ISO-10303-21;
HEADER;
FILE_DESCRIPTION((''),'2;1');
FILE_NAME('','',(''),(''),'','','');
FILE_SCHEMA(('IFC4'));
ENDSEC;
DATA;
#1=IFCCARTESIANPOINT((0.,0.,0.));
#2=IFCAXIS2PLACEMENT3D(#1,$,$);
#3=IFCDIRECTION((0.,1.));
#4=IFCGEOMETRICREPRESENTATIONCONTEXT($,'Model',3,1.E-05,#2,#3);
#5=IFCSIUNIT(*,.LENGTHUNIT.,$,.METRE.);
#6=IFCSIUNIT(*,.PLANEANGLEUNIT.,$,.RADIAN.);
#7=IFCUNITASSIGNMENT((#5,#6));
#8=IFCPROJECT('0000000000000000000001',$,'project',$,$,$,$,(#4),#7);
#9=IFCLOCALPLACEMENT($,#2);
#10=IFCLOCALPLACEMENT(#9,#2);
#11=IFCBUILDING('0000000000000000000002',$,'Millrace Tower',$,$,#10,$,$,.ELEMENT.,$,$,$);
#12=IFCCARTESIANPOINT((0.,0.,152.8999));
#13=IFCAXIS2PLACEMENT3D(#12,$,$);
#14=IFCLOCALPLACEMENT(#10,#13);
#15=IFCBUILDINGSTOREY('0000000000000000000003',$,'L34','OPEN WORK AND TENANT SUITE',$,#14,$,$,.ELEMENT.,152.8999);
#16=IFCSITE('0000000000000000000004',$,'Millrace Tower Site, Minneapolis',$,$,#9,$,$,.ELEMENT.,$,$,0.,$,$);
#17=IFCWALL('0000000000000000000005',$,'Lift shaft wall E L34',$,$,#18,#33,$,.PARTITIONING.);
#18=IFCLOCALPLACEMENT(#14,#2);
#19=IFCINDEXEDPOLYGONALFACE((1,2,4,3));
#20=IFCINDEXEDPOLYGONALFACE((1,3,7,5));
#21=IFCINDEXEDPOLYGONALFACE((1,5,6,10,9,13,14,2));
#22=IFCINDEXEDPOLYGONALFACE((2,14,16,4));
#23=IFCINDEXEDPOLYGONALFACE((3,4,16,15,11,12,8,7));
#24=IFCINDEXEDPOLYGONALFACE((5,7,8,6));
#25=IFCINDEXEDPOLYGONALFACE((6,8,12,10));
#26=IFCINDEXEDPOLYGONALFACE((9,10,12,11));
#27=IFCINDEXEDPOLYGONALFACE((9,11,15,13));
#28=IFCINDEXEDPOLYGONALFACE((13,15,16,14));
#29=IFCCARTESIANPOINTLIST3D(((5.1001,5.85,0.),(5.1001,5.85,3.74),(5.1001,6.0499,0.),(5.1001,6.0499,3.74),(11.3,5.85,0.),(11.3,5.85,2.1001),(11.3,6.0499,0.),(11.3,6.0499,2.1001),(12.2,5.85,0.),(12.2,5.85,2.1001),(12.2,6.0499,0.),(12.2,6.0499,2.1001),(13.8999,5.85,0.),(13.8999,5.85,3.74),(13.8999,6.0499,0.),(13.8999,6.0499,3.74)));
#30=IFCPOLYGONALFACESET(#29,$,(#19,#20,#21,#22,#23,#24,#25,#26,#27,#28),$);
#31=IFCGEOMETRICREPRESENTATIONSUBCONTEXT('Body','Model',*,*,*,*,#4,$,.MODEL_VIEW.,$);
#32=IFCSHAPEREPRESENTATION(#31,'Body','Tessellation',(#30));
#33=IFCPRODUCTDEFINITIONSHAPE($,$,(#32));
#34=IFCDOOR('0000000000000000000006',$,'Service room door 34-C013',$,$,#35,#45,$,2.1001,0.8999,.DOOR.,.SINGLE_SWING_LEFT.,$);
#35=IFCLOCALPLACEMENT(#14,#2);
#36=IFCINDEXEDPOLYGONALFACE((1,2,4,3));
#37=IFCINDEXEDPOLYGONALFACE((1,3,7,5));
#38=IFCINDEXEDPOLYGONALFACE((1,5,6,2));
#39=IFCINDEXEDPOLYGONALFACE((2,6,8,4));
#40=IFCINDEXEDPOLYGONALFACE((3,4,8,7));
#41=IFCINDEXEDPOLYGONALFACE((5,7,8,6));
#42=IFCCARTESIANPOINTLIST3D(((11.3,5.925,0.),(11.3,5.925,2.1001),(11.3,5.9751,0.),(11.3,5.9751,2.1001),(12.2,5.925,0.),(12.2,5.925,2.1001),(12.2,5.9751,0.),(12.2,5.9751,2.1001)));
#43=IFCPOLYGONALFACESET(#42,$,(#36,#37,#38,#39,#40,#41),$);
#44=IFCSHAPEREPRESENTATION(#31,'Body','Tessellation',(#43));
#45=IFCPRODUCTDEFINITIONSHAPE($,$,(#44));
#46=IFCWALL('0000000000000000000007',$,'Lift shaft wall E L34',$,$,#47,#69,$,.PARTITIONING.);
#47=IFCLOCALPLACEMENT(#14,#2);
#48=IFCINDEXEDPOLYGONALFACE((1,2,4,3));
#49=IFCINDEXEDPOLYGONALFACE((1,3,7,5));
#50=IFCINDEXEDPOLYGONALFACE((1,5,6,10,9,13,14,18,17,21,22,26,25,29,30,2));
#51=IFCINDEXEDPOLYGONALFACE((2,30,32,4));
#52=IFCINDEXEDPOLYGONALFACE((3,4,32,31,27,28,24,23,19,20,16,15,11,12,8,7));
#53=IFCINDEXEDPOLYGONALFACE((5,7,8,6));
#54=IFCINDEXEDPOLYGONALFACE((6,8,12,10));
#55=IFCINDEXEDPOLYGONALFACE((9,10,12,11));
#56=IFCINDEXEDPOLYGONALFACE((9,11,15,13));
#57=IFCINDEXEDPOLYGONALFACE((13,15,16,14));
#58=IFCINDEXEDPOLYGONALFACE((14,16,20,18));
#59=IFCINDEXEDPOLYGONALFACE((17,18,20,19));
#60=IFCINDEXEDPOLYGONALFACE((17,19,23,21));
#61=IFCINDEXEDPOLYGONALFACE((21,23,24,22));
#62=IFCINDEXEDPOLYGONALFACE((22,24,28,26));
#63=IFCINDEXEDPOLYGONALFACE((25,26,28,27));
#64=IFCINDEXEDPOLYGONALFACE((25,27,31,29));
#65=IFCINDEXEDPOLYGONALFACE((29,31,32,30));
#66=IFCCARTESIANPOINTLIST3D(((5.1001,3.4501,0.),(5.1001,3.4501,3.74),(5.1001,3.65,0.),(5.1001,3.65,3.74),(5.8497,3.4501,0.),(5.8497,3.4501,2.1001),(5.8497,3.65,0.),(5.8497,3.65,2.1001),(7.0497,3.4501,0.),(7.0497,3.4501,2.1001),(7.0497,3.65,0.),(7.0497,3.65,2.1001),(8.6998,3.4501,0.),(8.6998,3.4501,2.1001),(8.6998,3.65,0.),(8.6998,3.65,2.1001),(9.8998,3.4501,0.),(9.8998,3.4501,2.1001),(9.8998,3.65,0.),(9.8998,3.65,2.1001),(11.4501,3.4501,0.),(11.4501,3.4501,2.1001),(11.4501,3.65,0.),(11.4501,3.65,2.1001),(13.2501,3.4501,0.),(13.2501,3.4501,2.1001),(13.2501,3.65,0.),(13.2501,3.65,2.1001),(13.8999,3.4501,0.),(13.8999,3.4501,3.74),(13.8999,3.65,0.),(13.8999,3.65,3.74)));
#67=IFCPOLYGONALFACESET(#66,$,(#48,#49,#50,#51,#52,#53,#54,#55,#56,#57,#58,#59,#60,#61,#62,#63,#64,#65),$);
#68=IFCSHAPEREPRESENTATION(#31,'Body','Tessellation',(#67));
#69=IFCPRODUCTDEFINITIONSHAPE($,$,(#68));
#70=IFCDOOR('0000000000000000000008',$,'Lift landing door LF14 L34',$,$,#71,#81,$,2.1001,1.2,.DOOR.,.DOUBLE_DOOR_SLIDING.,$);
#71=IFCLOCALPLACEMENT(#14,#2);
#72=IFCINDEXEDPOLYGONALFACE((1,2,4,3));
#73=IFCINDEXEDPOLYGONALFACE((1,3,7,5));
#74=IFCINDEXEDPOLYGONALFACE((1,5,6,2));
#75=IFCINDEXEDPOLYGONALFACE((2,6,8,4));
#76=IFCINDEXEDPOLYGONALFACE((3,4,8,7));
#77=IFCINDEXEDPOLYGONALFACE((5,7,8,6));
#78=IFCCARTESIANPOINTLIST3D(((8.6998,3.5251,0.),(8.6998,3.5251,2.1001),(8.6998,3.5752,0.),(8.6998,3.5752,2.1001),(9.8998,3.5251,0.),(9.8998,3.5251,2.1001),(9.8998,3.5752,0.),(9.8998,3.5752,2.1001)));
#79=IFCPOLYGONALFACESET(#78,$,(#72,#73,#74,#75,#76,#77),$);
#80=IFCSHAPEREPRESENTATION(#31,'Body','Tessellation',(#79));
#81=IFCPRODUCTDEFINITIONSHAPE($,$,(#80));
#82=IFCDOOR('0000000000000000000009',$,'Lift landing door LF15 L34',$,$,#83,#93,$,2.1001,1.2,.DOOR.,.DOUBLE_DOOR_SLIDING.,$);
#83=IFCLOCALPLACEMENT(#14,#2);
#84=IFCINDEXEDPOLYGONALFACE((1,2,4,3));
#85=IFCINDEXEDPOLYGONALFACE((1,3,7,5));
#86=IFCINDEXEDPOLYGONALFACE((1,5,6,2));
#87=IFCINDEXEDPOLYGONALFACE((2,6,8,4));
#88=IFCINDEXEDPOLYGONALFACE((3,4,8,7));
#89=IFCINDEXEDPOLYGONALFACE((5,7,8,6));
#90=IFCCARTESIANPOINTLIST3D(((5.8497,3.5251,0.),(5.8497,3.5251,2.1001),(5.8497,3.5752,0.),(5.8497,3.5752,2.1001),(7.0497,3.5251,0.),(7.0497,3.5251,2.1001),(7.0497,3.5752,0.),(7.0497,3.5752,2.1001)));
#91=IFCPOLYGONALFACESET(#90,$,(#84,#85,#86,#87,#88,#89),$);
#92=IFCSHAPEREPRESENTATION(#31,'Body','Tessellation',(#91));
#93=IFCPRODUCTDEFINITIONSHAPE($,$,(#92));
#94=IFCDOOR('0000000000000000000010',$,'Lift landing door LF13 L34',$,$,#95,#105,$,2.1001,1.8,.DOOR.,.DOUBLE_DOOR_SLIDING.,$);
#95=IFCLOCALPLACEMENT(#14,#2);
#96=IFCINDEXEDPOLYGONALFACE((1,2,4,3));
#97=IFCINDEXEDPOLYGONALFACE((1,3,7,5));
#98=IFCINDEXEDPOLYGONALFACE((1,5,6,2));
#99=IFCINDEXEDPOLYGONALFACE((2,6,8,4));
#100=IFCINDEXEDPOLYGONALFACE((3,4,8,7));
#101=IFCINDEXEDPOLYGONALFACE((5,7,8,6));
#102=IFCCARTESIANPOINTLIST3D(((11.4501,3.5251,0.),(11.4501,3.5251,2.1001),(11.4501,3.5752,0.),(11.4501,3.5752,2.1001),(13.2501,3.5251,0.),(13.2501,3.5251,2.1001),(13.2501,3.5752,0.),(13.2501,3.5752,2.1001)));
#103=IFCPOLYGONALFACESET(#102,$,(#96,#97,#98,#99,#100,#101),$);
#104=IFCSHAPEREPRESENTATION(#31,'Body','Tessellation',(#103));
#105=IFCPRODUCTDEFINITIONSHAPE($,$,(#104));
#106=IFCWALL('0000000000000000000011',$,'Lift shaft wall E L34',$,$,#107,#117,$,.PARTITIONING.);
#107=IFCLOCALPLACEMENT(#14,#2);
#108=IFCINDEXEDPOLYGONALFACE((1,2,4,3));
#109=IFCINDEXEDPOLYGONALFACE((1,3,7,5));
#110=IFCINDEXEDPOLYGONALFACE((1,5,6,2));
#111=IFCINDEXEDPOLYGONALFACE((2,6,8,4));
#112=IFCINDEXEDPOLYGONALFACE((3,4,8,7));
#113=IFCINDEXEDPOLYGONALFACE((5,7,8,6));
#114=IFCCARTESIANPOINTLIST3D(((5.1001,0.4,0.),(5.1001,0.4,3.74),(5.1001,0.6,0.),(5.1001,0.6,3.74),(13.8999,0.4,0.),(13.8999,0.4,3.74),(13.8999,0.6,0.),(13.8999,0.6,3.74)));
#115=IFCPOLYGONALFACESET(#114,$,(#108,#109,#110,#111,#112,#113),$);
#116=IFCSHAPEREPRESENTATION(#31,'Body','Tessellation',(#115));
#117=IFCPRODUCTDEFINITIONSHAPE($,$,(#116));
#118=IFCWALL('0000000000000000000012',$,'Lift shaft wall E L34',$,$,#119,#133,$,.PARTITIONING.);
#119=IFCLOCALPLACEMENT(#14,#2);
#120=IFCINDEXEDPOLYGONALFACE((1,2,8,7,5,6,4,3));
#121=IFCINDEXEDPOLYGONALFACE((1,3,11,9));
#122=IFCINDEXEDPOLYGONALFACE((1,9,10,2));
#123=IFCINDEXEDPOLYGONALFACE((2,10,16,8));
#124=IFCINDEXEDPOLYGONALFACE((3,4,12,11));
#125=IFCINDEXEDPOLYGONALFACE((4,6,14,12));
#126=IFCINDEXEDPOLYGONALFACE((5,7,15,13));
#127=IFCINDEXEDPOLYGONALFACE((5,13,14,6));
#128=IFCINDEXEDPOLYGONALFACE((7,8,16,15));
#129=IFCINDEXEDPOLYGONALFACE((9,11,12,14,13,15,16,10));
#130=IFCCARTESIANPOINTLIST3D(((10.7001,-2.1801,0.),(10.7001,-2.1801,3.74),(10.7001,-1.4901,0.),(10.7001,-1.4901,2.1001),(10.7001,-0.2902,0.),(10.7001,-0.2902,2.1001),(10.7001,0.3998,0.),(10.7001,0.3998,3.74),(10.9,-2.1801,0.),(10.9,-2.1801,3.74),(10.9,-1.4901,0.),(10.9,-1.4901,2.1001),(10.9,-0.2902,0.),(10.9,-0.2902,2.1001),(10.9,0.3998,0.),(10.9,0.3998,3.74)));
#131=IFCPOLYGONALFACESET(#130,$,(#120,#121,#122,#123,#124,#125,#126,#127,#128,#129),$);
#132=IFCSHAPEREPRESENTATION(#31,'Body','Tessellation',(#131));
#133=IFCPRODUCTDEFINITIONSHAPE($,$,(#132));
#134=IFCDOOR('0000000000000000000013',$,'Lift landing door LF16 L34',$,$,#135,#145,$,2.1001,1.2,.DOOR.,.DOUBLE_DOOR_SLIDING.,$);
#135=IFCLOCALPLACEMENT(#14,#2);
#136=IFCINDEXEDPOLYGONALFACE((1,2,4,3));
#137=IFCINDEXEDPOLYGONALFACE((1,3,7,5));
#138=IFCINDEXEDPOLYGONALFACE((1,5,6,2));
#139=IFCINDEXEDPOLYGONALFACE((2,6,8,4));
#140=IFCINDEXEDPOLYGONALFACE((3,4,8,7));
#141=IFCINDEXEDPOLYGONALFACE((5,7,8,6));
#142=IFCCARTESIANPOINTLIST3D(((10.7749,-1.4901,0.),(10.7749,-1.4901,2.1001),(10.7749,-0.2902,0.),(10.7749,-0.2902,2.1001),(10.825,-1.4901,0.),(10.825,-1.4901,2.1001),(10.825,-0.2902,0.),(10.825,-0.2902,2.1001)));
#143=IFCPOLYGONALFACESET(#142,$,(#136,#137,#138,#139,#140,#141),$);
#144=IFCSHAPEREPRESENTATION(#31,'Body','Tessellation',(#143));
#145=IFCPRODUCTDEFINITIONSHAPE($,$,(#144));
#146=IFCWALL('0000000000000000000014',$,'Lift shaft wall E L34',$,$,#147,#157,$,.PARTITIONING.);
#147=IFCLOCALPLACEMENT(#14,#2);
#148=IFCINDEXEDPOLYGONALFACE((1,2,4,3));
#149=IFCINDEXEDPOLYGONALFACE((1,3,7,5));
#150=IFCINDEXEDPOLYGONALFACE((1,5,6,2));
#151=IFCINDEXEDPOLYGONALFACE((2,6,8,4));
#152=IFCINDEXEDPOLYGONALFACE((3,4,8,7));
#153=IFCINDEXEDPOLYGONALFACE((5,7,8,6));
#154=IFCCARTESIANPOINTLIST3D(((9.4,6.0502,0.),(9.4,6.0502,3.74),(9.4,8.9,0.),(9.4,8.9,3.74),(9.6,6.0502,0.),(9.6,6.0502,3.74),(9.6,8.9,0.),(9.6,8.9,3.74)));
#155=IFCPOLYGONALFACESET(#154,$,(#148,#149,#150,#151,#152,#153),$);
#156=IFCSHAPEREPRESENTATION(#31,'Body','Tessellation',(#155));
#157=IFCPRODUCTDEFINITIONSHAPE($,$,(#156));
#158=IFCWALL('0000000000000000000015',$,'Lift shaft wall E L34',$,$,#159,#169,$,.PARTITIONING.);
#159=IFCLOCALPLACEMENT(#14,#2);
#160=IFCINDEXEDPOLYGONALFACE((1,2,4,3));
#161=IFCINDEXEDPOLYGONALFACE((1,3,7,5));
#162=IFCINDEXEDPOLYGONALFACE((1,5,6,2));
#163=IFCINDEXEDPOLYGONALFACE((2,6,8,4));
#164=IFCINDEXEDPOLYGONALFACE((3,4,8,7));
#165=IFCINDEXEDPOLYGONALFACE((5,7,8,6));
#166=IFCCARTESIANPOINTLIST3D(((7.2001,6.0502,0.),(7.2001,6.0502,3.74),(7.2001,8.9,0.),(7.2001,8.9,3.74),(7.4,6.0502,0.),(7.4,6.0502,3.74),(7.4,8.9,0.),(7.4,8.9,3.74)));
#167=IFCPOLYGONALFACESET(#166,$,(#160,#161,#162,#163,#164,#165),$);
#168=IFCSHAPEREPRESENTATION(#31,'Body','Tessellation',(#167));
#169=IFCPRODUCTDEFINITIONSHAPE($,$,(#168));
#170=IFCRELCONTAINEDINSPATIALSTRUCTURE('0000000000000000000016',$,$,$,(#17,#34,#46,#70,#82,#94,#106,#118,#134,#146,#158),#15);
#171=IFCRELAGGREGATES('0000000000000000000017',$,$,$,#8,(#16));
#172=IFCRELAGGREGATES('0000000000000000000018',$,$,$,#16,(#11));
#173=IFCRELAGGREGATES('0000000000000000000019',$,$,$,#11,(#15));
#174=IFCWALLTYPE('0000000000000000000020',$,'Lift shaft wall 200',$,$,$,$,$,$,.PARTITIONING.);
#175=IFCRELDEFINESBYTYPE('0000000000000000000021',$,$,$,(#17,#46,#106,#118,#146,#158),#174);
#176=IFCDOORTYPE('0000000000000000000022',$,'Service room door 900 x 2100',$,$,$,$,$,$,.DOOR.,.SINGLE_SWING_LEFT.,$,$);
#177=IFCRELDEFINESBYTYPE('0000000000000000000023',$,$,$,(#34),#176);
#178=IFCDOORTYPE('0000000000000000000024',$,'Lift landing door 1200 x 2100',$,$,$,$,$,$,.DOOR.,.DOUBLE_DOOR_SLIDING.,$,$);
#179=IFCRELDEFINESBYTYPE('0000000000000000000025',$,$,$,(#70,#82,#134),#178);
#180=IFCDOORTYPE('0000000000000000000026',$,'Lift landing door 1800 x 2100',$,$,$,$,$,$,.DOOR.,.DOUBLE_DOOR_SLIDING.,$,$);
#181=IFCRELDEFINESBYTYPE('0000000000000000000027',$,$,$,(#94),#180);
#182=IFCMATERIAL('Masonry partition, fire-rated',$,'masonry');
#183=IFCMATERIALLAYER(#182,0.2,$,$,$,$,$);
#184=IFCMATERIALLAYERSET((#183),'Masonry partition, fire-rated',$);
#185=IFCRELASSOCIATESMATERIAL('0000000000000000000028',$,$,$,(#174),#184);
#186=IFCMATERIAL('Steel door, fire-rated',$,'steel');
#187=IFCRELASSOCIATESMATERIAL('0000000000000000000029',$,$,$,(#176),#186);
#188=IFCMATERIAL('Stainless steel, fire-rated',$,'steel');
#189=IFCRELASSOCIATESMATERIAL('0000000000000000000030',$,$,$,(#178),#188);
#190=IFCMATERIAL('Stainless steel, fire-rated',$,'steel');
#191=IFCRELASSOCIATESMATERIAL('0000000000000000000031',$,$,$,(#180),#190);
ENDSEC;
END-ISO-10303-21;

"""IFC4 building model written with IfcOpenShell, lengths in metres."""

from ifc_helpers import new_model, si_unit, direction, frame, frame_2d, origin, place, context, subcontext, project, spatial, rectangle, extrude, material, layer, layer_set, type_object, element, fill, save


model = new_model("IFC4")

# Units and contexts
model_context = context("Model", 3, precision=1e-05, world=origin(), true_north=direction((0.0, 1.0)))
body_context = subcontext(model_context, "Body", "Model", "MODEL_VIEW")
ifc_project = project(units=[si_unit("LENGTHUNIT", "METRE"), si_unit("PLANEANGLEUNIT", "RADIAN")], contexts=[model_context])

# Site, building, storey
site_placement = place(None, origin())
site = spatial("IfcSite", under=ifc_project, at=site_placement, Name="Millrace Tower Site, Minneapolis", CompositionType="ELEMENT", RefElevation=0.0)
building_placement = place(site_placement, origin())
building = spatial("IfcBuilding", under=site, at=building_placement, Name="Millrace Tower", CompositionType="ELEMENT")
storey_placement = place(building_placement, frame((0.0, 0.0, 152.8999)))
storey = spatial("IfcBuildingStorey", under=building, at=storey_placement, Name="L34", Description="OPEN WORK AND TENANT SUITE", CompositionType="ELEMENT", Elevation=152.8999)

# Wall, opening, door
ifc_material_1 = material(Name="Masonry partition, fire-rated", Category="masonry")
ifc_layer_1 = layer(ifc_material_1, 0.2)
ifc_layer_set_1 = layer_set([ifc_layer_1], Name="Masonry partition, fire-rated")
wall_type_1 = type_object("IfcWallType", Name="Lift shaft wall 200", PredefinedType="PARTITIONING", material=ifc_layer_set_1)
wall_1_placement = place(storey_placement, frame((13.8999, 5.95, 0.0), z_axis=(0.0, 0.0, 1.0), x_axis=(-1.0, 0.0, 0.0)))
wall_1 = element("IfcWall", 1, at=wall_1_placement, inside=storey, type_object=wall_type_1, Name="Lift shaft wall E L34", PredefinedType="PARTITIONING", context=body_context, shape_type="SweptSolid", body=[
    extrude(rectangle(XDim=8.7998, YDim=0.2, at=frame_2d((4.3999, 0.0))), origin(), (0.0, 0.0, 1.0), 3.74),
])
opening_1_placement = place(wall_1_placement, frame((1.7, 0.0, 0.0)))
opening_1 = element("IfcOpeningElement", 2, at=opening_1_placement, cuts=wall_1, PredefinedType="OPENING", context=body_context, shape_type="SweptSolid", body=[
    extrude(rectangle(XDim=0.8999, YDim=2.1001, at=frame_2d((0.45, 1.05))), frame((0.0, 0.1099, 0.0), z_axis=(0.0, -1.0, 0.0), x_axis=(1.0, 0.0, 0.0)), (0.0, 0.0, 1.0), 0.22),
])
ifc_material_2 = material(Name="Steel door, fire-rated", Category="steel")
door_type_1 = type_object("IfcDoorType", Name="Service room door 900 x 2100", OperationType="SINGLE_SWING_LEFT", PredefinedType="DOOR", material=ifc_material_2)
door_1_placement = place(opening_1_placement, origin())
door_1 = element("IfcDoor", 3, at=door_1_placement, inside=storey, type_object=door_type_1, Name="Service room door 34-C013", OperationType="SINGLE_SWING_LEFT", OverallHeight=2.1001, OverallWidth=0.8999, PredefinedType="DOOR", context=body_context, shape_type="SweptSolid", body=[
    extrude(rectangle(XDim=0.8999, YDim=2.1001, at=frame_2d((0.45, 1.05))), frame((0.0, 0.0249, 0.0), z_axis=(0.0, -1.0, 0.0), x_axis=(1.0, 0.0, 0.0)), (0.0, 0.0, 1.0), 0.05),
])
fill(opening_1, door_1)

# Wall, openings, doors
wall_2_placement = place(storey_placement, frame((13.8999, 3.55, 0.0), z_axis=(0.0, 0.0, 1.0), x_axis=(-1.0, 0.0, 0.0)))
wall_2 = element("IfcWall", 4, at=wall_2_placement, inside=storey, type_object=wall_type_1, Name="Lift shaft wall E L34", PredefinedType="PARTITIONING", context=body_context, shape_type="SweptSolid", body=[
    extrude(rectangle(XDim=8.7998, YDim=0.2, at=frame_2d((4.3999, 0.0))), origin(), (0.0, 0.0, 1.0), 3.74),
])
opening_2_placement = place(wall_2_placement, frame((0.6499, 0.0, 0.0)))
opening_2 = element("IfcOpeningElement", 5, at=opening_2_placement, cuts=wall_2, PredefinedType="OPENING", context=body_context, shape_type="SweptSolid", body=[
    extrude(rectangle(XDim=1.8, YDim=2.1001, at=frame_2d((0.8999, 1.05))), frame((0.0, 0.1099, 0.0), z_axis=(0.0, -1.0, 0.0), x_axis=(1.0, 0.0, 0.0)), (0.0, 0.0, 1.0), 0.22),
])
opening_3_placement = place(wall_2_placement, frame((4.0, 0.0, 0.0)))
opening_3 = element("IfcOpeningElement", 6, at=opening_3_placement, cuts=wall_2, PredefinedType="OPENING", context=body_context, shape_type="SweptSolid", body=[
    extrude(rectangle(XDim=1.2, YDim=2.1001, at=frame_2d((0.6001, 1.05))), frame((0.0, 0.1099, 0.0), z_axis=(0.0, -1.0, 0.0), x_axis=(1.0, 0.0, 0.0)), (0.0, 0.0, 1.0), 0.22),
])
opening_4_placement = place(wall_2_placement, frame((6.8501, 0.0, 0.0)))
opening_4 = element("IfcOpeningElement", 7, at=opening_4_placement, cuts=wall_2, PredefinedType="OPENING", context=body_context, shape_type="SweptSolid", body=[
    extrude(rectangle(XDim=1.2, YDim=2.1001, at=frame_2d((0.6001, 1.05))), frame((0.0, 0.1099, 0.0), z_axis=(0.0, -1.0, 0.0), x_axis=(1.0, 0.0, 0.0)), (0.0, 0.0, 1.0), 0.22),
])
ifc_material_3 = material(Name="Stainless steel, fire-rated", Category="steel")
door_type_2 = type_object("IfcDoorType", Name="Lift landing door 1200 x 2100", OperationType="DOUBLE_DOOR_SLIDING", PredefinedType="DOOR", material=ifc_material_3)
door_2_placement = place(opening_3_placement, origin())
door_2 = element("IfcDoor", 8, at=door_2_placement, inside=storey, type_object=door_type_2, Name="Lift landing door LF14 L34", OperationType="DOUBLE_DOOR_SLIDING", OverallHeight=2.1001, OverallWidth=1.2, PredefinedType="DOOR", context=body_context, shape_type="SweptSolid", body=[
    extrude(rectangle(XDim=1.2, YDim=2.1001, at=frame_2d((0.6001, 1.05))), frame((0.0, 0.0249, 0.0), z_axis=(0.0, -1.0, 0.0), x_axis=(1.0, 0.0, 0.0)), (0.0, 0.0, 1.0), 0.05),
])
fill(opening_3, door_2)
door_3_placement = place(opening_4_placement, origin())
door_3 = element("IfcDoor", 9, at=door_3_placement, inside=storey, type_object=door_type_2, Name="Lift landing door LF15 L34", OperationType="DOUBLE_DOOR_SLIDING", OverallHeight=2.1001, OverallWidth=1.2, PredefinedType="DOOR", context=body_context, shape_type="SweptSolid", body=[
    extrude(rectangle(XDim=1.2, YDim=2.1001, at=frame_2d((0.6001, 1.05))), frame((0.0, 0.0249, 0.0), z_axis=(0.0, -1.0, 0.0), x_axis=(1.0, 0.0, 0.0)), (0.0, 0.0, 1.0), 0.05),
])
fill(opening_4, door_3)
ifc_material_4 = material(Name="Stainless steel, fire-rated", Category="steel")
door_type_3 = type_object("IfcDoorType", Name="Lift landing door 1800 x 2100", OperationType="DOUBLE_DOOR_SLIDING", PredefinedType="DOOR", material=ifc_material_4)
door_4_placement = place(opening_2_placement, origin())
door_4 = element("IfcDoor", 10, at=door_4_placement, inside=storey, type_object=door_type_3, Name="Lift landing door LF13 L34", OperationType="DOUBLE_DOOR_SLIDING", OverallHeight=2.1001, OverallWidth=1.8, PredefinedType="DOOR", context=body_context, shape_type="SweptSolid", body=[
    extrude(rectangle(XDim=1.8, YDim=2.1001, at=frame_2d((0.8999, 1.05))), frame((0.0, 0.0249, 0.0), z_axis=(0.0, -1.0, 0.0), x_axis=(1.0, 0.0, 0.0)), (0.0, 0.0, 1.0), 0.05),
])
fill(opening_2, door_4)

# Wall
wall_3_placement = place(storey_placement, frame((13.8999, 0.5, 0.0), z_axis=(0.0, 0.0, 1.0), x_axis=(-1.0, 0.0, 0.0)))
element("IfcWall", 11, at=wall_3_placement, inside=storey, type_object=wall_type_1, Name="Lift shaft wall E L34", PredefinedType="PARTITIONING", context=body_context, shape_type="SweptSolid", body=[
    extrude(rectangle(XDim=8.7998, YDim=0.2, at=frame_2d((4.3999, 0.0))), origin(), (0.0, 0.0, 1.0), 3.74),
])

# Wall, opening, door
wall_4_placement = place(storey_placement, frame((10.8, 0.3999, 0.0), z_axis=(0.0, 0.0, 1.0), x_axis=(0.0, -1.0, 0.0)))
wall_4 = element("IfcWall", 12, at=wall_4_placement, inside=storey, type_object=wall_type_1, Name="Lift shaft wall E L34", PredefinedType="PARTITIONING", context=body_context, shape_type="SweptSolid", body=[
    extrude(rectangle(XDim=2.5798, YDim=0.2, at=frame_2d((1.29, 0.0))), origin(), (0.0, 0.0, 1.0), 3.74),
])
opening_5_placement = place(wall_4_placement, frame((0.6899, 0.0, 0.0)))
opening_5 = element("IfcOpeningElement", 13, at=opening_5_placement, cuts=wall_4, PredefinedType="OPENING", context=body_context, shape_type="SweptSolid", body=[
    extrude(rectangle(XDim=1.2, YDim=2.1001, at=frame_2d((0.6001, 1.05))), frame((0.0, 0.1099, 0.0), z_axis=(0.0, -1.0, 0.0), x_axis=(1.0, 0.0, 0.0)), (0.0, 0.0, 1.0), 0.22),
])
door_5_placement = place(opening_5_placement, origin())
door_5 = element("IfcDoor", 14, at=door_5_placement, inside=storey, type_object=door_type_2, Name="Lift landing door LF16 L34", OperationType="DOUBLE_DOOR_SLIDING", OverallHeight=2.1001, OverallWidth=1.2, PredefinedType="DOOR", context=body_context, shape_type="SweptSolid", body=[
    extrude(rectangle(XDim=1.2, YDim=2.1001, at=frame_2d((0.6001, 1.05))), frame((0.0, 0.0249, 0.0), z_axis=(0.0, -1.0, 0.0), x_axis=(1.0, 0.0, 0.0)), (0.0, 0.0, 1.0), 0.05),
])
fill(opening_5, door_5)

# Walls
for number, where, z_axis, x_axis, name in (
    (15, (9.5, 8.8999, 0.0), (0.0, 0.0, 1.0), (0.0, -1.0, 0.0), "Lift shaft wall E L34"),
    (16, (7.3, 8.8999, 0.0), (0.0, 0.0, 1.0), (0.0, -1.0, 0.0), "Lift shaft wall E L34"),
):
    element("IfcWall", number, at=place(storey_placement, frame(where, z_axis=z_axis, x_axis=x_axis)), inside=storey, type_object=wall_type_1, Name=name, PredefinedType="PARTITIONING", context=body_context, shape_type="SweptSolid", body=[
        extrude(rectangle(XDim=2.8499, YDim=0.2, at=frame_2d((1.4248, 0.0))), origin(), (0.0, 0.0, 1.0), 3.74),
    ])

save(model, "model.ifc")
